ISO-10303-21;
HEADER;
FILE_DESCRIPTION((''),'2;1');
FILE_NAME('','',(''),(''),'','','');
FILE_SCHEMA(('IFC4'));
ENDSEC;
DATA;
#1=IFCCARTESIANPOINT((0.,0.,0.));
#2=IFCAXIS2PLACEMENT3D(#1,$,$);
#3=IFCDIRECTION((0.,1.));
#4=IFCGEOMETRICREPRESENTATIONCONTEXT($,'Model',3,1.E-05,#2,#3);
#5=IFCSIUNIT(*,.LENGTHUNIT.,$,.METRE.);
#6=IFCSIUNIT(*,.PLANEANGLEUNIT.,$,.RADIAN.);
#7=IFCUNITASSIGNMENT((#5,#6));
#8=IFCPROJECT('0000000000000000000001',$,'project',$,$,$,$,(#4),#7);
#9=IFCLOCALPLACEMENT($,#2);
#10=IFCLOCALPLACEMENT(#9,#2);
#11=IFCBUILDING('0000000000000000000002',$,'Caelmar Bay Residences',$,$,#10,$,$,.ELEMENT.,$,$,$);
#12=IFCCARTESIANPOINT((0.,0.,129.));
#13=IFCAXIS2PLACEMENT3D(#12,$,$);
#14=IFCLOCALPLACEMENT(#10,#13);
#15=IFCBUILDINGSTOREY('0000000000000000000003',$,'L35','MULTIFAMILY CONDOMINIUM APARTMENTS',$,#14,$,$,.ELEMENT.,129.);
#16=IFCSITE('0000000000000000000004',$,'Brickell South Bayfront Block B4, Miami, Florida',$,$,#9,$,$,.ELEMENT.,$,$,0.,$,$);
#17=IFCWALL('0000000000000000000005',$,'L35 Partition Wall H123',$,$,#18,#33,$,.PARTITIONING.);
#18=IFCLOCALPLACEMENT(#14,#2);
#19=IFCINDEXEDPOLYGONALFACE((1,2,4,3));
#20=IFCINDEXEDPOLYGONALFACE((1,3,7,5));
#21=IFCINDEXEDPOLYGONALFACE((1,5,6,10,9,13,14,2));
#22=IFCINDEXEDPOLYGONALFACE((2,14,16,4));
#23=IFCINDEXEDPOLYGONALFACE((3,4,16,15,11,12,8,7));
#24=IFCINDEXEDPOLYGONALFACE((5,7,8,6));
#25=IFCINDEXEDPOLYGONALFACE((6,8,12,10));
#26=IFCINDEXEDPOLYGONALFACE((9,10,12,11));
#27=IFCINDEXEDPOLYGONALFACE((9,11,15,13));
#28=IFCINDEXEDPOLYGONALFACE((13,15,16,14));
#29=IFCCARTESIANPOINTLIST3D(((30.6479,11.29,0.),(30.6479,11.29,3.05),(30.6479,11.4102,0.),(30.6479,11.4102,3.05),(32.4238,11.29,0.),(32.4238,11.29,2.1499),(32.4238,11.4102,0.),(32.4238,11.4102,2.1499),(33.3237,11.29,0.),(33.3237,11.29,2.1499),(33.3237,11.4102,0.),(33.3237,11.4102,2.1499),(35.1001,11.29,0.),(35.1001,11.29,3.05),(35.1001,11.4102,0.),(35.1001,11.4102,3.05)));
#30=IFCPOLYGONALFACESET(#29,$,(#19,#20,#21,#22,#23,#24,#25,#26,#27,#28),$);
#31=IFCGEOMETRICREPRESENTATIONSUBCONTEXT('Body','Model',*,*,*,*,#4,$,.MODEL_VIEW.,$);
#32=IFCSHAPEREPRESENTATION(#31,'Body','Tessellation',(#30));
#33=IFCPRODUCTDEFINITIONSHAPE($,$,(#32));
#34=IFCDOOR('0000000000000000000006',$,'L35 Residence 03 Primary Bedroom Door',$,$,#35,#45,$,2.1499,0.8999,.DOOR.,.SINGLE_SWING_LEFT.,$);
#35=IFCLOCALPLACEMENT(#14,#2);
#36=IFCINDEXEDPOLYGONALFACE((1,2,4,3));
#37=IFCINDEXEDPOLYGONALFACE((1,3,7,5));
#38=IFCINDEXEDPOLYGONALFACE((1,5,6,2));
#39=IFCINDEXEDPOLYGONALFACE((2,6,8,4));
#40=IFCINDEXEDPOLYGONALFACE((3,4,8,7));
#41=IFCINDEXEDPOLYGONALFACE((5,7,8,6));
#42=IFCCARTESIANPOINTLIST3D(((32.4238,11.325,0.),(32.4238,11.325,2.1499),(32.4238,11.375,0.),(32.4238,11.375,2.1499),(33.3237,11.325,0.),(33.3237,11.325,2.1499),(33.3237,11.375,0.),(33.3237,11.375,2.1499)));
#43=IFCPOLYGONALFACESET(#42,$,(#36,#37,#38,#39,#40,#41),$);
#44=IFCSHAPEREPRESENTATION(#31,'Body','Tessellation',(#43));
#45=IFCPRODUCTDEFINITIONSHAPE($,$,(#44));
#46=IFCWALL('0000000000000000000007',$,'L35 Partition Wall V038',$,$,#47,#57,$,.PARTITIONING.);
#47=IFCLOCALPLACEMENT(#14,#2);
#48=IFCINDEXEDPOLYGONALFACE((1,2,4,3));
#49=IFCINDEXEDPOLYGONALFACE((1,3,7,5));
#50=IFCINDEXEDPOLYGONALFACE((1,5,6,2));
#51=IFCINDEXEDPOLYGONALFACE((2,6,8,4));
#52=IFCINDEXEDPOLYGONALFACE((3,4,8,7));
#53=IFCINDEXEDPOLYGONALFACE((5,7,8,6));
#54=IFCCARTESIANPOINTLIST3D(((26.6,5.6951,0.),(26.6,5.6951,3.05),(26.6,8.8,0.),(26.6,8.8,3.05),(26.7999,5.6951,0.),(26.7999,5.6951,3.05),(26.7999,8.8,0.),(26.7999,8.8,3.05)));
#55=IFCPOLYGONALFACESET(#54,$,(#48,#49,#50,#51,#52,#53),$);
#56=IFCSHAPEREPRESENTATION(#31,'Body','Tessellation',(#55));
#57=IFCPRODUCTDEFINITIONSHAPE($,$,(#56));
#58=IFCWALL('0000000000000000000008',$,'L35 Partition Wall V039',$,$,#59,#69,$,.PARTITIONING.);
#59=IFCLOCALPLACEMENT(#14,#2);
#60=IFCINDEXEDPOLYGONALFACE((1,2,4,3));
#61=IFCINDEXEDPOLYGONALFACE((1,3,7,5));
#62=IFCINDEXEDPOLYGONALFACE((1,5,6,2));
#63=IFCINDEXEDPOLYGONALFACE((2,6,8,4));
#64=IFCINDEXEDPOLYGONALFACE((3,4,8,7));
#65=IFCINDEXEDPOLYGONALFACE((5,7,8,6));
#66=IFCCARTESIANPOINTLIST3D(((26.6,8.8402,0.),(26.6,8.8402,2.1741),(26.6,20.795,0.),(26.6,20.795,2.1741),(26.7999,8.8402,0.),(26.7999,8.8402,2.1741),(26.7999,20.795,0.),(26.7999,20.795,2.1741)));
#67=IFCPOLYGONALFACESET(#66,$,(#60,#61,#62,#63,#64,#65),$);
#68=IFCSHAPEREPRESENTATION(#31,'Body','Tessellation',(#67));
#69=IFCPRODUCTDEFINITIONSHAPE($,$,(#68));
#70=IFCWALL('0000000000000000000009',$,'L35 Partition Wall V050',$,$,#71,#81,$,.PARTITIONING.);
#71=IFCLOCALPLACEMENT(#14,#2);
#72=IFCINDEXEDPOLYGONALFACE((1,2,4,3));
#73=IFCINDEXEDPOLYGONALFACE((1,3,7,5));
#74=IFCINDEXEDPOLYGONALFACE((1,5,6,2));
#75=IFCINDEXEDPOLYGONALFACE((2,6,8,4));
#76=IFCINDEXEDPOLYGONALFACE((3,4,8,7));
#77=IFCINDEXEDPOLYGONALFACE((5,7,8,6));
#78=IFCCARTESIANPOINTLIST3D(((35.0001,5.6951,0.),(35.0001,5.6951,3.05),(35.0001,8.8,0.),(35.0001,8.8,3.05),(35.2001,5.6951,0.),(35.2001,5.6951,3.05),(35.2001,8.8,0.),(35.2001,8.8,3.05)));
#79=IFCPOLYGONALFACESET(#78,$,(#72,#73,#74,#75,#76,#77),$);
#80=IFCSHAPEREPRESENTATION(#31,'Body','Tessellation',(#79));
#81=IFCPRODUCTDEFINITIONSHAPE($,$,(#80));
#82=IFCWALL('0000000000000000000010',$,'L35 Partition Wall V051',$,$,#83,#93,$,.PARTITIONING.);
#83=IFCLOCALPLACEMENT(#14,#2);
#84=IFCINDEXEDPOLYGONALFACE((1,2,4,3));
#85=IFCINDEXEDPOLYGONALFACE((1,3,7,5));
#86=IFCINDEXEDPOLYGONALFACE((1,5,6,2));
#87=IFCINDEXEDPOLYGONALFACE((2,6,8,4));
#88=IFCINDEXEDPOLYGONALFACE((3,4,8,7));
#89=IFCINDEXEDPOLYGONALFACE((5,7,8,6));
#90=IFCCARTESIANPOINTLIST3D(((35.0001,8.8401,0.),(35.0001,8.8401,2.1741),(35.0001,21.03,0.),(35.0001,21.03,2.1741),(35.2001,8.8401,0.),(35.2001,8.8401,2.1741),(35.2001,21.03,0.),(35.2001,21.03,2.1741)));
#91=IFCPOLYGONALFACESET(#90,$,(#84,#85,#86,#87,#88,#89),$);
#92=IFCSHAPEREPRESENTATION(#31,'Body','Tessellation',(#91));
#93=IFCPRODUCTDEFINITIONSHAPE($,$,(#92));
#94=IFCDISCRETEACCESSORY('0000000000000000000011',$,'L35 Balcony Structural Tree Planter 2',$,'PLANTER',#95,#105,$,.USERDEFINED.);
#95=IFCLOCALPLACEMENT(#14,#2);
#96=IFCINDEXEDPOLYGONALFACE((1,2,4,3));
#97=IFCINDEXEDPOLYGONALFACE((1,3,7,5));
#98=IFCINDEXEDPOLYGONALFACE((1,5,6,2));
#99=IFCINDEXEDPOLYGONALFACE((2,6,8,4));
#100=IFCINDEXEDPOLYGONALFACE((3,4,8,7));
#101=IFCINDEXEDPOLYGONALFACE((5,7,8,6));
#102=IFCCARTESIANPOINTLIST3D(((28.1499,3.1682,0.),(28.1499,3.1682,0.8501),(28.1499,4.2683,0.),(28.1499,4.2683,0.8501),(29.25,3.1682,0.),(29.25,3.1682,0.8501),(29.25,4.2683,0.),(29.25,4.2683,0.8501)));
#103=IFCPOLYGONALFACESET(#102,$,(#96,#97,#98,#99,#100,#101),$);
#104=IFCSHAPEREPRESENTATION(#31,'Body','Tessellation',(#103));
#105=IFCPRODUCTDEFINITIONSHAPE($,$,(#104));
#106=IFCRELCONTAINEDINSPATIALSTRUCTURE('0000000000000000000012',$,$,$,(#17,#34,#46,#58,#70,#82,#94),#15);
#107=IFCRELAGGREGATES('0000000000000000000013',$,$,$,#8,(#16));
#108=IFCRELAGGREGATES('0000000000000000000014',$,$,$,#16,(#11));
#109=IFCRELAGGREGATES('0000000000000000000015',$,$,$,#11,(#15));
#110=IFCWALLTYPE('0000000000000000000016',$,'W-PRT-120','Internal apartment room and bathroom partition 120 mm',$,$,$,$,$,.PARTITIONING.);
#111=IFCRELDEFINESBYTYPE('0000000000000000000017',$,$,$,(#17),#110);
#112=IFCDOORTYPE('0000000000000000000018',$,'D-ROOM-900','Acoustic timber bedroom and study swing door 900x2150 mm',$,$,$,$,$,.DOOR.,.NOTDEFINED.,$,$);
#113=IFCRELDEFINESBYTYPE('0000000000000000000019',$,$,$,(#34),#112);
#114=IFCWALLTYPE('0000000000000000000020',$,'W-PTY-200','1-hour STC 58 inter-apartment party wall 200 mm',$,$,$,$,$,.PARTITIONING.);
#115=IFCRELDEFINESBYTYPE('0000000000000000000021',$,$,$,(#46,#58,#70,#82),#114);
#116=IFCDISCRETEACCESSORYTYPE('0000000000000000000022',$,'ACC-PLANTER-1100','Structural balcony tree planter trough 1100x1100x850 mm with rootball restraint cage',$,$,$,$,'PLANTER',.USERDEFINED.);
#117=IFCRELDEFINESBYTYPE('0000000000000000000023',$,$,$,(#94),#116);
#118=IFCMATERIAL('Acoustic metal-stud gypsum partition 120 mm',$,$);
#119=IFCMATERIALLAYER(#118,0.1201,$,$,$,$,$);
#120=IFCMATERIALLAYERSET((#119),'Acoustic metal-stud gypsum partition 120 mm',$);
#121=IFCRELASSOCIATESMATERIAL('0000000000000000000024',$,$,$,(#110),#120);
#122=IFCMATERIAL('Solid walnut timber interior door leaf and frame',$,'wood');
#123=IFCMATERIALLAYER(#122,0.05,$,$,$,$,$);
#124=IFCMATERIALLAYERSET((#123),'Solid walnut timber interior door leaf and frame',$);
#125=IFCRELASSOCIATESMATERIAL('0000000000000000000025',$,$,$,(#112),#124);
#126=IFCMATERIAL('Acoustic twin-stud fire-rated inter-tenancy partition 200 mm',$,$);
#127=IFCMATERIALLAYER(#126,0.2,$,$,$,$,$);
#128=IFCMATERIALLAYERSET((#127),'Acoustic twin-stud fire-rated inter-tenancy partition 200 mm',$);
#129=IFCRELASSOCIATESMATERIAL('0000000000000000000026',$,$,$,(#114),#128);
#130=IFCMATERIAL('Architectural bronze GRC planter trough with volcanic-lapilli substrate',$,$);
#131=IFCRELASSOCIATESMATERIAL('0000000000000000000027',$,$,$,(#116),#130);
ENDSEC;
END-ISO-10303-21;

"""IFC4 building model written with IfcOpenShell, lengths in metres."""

from ifc_helpers import new_model, si_unit, direction, frame, frame_2d, origin, origin_2d, place, context, subcontext, project, spatial, rectangle, extrude, material, layer, layer_set, type_object, element, fill, save


model = new_model("IFC4")

# Units and contexts
model_context = context("Model", 3, precision=1e-05, world=origin(), true_north=direction((0.0, 1.0)))
body_context = subcontext(model_context, "Body", "Model", "MODEL_VIEW")
ifc_project = project(units=[si_unit("LENGTHUNIT", "METRE"), si_unit("PLANEANGLEUNIT", "RADIAN")], contexts=[model_context])

# Site, building, storey
site_placement = place(None, origin())
site = spatial("IfcSite", under=ifc_project, at=site_placement, Name="Brickell South Bayfront Block B4, Miami, Florida", CompositionType="ELEMENT", RefElevation=0.0)
building_placement = place(site_placement, origin())
building = spatial("IfcBuilding", under=site, at=building_placement, Name="Caelmar Bay Residences", CompositionType="ELEMENT")
storey_placement = place(building_placement, frame((0.0, 0.0, 129.0)))
storey = spatial("IfcBuildingStorey", under=building, at=storey_placement, Name="L35", Description="MULTIFAMILY CONDOMINIUM APARTMENTS", CompositionType="ELEMENT", Elevation=129.0)

# Shared definitions
ifc_material_1 = material(Name="Acoustic metal-stud gypsum partition 120 mm")
ifc_layer_1 = layer(ifc_material_1, 0.1201)
ifc_layer_set_1 = layer_set([ifc_layer_1], Name="Acoustic metal-stud gypsum partition 120 mm")
wall_type_1 = type_object("IfcWallType", Name="W-PRT-120", Description="Internal apartment room and bathroom partition 120 mm", PredefinedType="PARTITIONING", material=ifc_layer_set_1)

# Wall, opening, door
ifc_material_2 = material(Name="Solid walnut timber interior door leaf and frame", Category="wood")
ifc_layer_2 = layer(ifc_material_2, 0.05)
ifc_layer_set_2 = layer_set([ifc_layer_2], Name="Solid walnut timber interior door leaf and frame")
door_type = type_object("IfcDoorType", Name="D-ROOM-900", Description="Acoustic timber bedroom and study swing door 900x2150 mm", OperationType="NOTDEFINED", PredefinedType="DOOR", material=ifc_layer_set_2)
wall_1_placement = place(storey_placement, frame((30.6479, 11.3501, 0.0), z_axis=(0.0, 0.0, 1.0), x_axis=(1.0, 0.0, 0.0)))
wall_1 = element("IfcWall", 1, at=wall_1_placement, inside=storey, type_object=wall_type_1, Name="L35 Partition Wall H123", PredefinedType="PARTITIONING", context=body_context, shape_type="SweptSolid", body=[
    extrude(rectangle(XDim=4.4521, YDim=0.1201, at=frame_2d((2.2261, 0.0))), origin(), (0.0, 0.0, 1.0), 3.05),
])
opening_1_placement = place(wall_1_placement, frame((1.7759, 0.0, 0.0)))
opening_1 = element("IfcOpeningElement", 2, at=opening_1_placement, cuts=wall_1, PredefinedType="OPENING", context=body_context, shape_type="SweptSolid", body=[
    extrude(rectangle(XDim=0.8999, YDim=2.1499, at=frame_2d((0.45, 1.075))), frame((0.0, 0.0701, 0.0), z_axis=(0.0, -1.0, 0.0), x_axis=(1.0, 0.0, 0.0)), (0.0, 0.0, 1.0), 0.1401),
])
door_1_placement = place(opening_1_placement, origin())
door_1 = element("IfcDoor", 3, at=door_1_placement, inside=storey, type_object=door_type, Name="L35 Residence 03 Primary Bedroom Door", OperationType="SINGLE_SWING_LEFT", OverallHeight=2.1499, OverallWidth=0.8999, PredefinedType="DOOR", context=body_context, shape_type="SweptSolid", body=[
    extrude(rectangle(XDim=0.8999, YDim=2.1499, at=frame_2d((0.45, 1.075))), frame((0.0, 0.0249, 0.0), z_axis=(0.0, -1.0, 0.0), x_axis=(1.0, 0.0, 0.0)), (0.0, 0.0, 1.0), 0.05),
])
fill(opening_1, door_1)

# Walls
ifc_material_3 = material(Name="Acoustic twin-stud fire-rated inter-tenancy partition 200 mm")
ifc_layer_3 = layer(ifc_material_3, 0.2)
ifc_layer_set_3 = layer_set([ifc_layer_3], Name="Acoustic twin-stud fire-rated inter-tenancy partition 200 mm")
wall_type_2 = type_object("IfcWallType", Name="W-PTY-200", Description="1-hour STC 58 inter-apartment party wall 200 mm", PredefinedType="PARTITIONING", material=ifc_layer_set_3)
wall_2_placement = place(storey_placement, frame((26.7, 5.6951, 0.0), z_axis=(0.0, 0.0, 1.0), x_axis=(0.0, 1.0, 0.0)))
element("IfcWall", 4, at=wall_2_placement, inside=storey, type_object=wall_type_2, Name="L35 Partition Wall V038", PredefinedType="PARTITIONING", context=body_context, shape_type="SweptSolid", body=[
    extrude(rectangle(XDim=3.105, YDim=0.2, at=frame_2d((1.5525, 0.0))), origin(), (0.0, 0.0, 1.0), 3.05),
])
wall_3_placement = place(storey_placement, frame((26.7, 8.8401, 0.0), z_axis=(0.0, 0.0, 1.0), x_axis=(0.0, 1.0, 0.0)))
element("IfcWall", 5, at=wall_3_placement, inside=storey, type_object=wall_type_2, Name="L35 Partition Wall V039", PredefinedType="PARTITIONING", context=body_context, shape_type="SweptSolid", body=[
    extrude(rectangle(XDim=11.9548, YDim=0.2, at=frame_2d((5.9775, 0.0))), origin(), (0.0, 0.0, 1.0), 2.1741),
])
wall_4_placement = place(storey_placement, frame((35.1001, 5.6951, 0.0), z_axis=(0.0, 0.0, 1.0), x_axis=(0.0, 1.0, 0.0)))
element("IfcWall", 6, at=wall_4_placement, inside=storey, type_object=wall_type_2, Name="L35 Partition Wall V050", PredefinedType="PARTITIONING", context=body_context, shape_type="SweptSolid", body=[
    extrude(rectangle(XDim=3.105, YDim=0.2, at=frame_2d((1.5525, 0.0))), origin(), (0.0, 0.0, 1.0), 3.05),
])
wall_5_placement = place(storey_placement, frame((35.1001, 8.8401, 0.0), z_axis=(0.0, 0.0, 1.0), x_axis=(0.0, 1.0, 0.0)))
element("IfcWall", 7, at=wall_5_placement, inside=storey, type_object=wall_type_2, Name="L35 Partition Wall V051", PredefinedType="PARTITIONING", context=body_context, shape_type="SweptSolid", body=[
    extrude(rectangle(XDim=12.1899, YDim=0.2, at=frame_2d((6.095, 0.0))), origin(), (0.0, 0.0, 1.0), 2.1741),
])

# Discrete accessory
ifc_material_4 = material(Name="Architectural bronze GRC planter trough with volcanic-lapilli substrate")
discrete_accessory_type = type_object("IfcDiscreteAccessoryType", Name="ACC-PLANTER-1100", Description="Structural balcony tree planter trough 1100x1100x850 mm with rootball restraint cage", ElementType="PLANTER", PredefinedType="USERDEFINED", material=ifc_material_4)
discrete_accessory_placement = place(storey_placement, frame((28.7, 3.7183, 0.0), z_axis=(0.0, 0.0, 1.0), x_axis=(1.0, 0.0, 0.0)))
element("IfcDiscreteAccessory", 8, at=discrete_accessory_placement, inside=storey, type_object=discrete_accessory_type, Name="L35 Balcony Structural Tree Planter 2", ObjectType="PLANTER", PredefinedType="USERDEFINED", context=body_context, shape_type="SweptSolid", body=[
    extrude(rectangle(XDim=1.1001, YDim=1.1001, at=origin_2d()), origin(), (0.0, 0.0, 1.0), 0.8501),
])

save(model, "model.ifc")
